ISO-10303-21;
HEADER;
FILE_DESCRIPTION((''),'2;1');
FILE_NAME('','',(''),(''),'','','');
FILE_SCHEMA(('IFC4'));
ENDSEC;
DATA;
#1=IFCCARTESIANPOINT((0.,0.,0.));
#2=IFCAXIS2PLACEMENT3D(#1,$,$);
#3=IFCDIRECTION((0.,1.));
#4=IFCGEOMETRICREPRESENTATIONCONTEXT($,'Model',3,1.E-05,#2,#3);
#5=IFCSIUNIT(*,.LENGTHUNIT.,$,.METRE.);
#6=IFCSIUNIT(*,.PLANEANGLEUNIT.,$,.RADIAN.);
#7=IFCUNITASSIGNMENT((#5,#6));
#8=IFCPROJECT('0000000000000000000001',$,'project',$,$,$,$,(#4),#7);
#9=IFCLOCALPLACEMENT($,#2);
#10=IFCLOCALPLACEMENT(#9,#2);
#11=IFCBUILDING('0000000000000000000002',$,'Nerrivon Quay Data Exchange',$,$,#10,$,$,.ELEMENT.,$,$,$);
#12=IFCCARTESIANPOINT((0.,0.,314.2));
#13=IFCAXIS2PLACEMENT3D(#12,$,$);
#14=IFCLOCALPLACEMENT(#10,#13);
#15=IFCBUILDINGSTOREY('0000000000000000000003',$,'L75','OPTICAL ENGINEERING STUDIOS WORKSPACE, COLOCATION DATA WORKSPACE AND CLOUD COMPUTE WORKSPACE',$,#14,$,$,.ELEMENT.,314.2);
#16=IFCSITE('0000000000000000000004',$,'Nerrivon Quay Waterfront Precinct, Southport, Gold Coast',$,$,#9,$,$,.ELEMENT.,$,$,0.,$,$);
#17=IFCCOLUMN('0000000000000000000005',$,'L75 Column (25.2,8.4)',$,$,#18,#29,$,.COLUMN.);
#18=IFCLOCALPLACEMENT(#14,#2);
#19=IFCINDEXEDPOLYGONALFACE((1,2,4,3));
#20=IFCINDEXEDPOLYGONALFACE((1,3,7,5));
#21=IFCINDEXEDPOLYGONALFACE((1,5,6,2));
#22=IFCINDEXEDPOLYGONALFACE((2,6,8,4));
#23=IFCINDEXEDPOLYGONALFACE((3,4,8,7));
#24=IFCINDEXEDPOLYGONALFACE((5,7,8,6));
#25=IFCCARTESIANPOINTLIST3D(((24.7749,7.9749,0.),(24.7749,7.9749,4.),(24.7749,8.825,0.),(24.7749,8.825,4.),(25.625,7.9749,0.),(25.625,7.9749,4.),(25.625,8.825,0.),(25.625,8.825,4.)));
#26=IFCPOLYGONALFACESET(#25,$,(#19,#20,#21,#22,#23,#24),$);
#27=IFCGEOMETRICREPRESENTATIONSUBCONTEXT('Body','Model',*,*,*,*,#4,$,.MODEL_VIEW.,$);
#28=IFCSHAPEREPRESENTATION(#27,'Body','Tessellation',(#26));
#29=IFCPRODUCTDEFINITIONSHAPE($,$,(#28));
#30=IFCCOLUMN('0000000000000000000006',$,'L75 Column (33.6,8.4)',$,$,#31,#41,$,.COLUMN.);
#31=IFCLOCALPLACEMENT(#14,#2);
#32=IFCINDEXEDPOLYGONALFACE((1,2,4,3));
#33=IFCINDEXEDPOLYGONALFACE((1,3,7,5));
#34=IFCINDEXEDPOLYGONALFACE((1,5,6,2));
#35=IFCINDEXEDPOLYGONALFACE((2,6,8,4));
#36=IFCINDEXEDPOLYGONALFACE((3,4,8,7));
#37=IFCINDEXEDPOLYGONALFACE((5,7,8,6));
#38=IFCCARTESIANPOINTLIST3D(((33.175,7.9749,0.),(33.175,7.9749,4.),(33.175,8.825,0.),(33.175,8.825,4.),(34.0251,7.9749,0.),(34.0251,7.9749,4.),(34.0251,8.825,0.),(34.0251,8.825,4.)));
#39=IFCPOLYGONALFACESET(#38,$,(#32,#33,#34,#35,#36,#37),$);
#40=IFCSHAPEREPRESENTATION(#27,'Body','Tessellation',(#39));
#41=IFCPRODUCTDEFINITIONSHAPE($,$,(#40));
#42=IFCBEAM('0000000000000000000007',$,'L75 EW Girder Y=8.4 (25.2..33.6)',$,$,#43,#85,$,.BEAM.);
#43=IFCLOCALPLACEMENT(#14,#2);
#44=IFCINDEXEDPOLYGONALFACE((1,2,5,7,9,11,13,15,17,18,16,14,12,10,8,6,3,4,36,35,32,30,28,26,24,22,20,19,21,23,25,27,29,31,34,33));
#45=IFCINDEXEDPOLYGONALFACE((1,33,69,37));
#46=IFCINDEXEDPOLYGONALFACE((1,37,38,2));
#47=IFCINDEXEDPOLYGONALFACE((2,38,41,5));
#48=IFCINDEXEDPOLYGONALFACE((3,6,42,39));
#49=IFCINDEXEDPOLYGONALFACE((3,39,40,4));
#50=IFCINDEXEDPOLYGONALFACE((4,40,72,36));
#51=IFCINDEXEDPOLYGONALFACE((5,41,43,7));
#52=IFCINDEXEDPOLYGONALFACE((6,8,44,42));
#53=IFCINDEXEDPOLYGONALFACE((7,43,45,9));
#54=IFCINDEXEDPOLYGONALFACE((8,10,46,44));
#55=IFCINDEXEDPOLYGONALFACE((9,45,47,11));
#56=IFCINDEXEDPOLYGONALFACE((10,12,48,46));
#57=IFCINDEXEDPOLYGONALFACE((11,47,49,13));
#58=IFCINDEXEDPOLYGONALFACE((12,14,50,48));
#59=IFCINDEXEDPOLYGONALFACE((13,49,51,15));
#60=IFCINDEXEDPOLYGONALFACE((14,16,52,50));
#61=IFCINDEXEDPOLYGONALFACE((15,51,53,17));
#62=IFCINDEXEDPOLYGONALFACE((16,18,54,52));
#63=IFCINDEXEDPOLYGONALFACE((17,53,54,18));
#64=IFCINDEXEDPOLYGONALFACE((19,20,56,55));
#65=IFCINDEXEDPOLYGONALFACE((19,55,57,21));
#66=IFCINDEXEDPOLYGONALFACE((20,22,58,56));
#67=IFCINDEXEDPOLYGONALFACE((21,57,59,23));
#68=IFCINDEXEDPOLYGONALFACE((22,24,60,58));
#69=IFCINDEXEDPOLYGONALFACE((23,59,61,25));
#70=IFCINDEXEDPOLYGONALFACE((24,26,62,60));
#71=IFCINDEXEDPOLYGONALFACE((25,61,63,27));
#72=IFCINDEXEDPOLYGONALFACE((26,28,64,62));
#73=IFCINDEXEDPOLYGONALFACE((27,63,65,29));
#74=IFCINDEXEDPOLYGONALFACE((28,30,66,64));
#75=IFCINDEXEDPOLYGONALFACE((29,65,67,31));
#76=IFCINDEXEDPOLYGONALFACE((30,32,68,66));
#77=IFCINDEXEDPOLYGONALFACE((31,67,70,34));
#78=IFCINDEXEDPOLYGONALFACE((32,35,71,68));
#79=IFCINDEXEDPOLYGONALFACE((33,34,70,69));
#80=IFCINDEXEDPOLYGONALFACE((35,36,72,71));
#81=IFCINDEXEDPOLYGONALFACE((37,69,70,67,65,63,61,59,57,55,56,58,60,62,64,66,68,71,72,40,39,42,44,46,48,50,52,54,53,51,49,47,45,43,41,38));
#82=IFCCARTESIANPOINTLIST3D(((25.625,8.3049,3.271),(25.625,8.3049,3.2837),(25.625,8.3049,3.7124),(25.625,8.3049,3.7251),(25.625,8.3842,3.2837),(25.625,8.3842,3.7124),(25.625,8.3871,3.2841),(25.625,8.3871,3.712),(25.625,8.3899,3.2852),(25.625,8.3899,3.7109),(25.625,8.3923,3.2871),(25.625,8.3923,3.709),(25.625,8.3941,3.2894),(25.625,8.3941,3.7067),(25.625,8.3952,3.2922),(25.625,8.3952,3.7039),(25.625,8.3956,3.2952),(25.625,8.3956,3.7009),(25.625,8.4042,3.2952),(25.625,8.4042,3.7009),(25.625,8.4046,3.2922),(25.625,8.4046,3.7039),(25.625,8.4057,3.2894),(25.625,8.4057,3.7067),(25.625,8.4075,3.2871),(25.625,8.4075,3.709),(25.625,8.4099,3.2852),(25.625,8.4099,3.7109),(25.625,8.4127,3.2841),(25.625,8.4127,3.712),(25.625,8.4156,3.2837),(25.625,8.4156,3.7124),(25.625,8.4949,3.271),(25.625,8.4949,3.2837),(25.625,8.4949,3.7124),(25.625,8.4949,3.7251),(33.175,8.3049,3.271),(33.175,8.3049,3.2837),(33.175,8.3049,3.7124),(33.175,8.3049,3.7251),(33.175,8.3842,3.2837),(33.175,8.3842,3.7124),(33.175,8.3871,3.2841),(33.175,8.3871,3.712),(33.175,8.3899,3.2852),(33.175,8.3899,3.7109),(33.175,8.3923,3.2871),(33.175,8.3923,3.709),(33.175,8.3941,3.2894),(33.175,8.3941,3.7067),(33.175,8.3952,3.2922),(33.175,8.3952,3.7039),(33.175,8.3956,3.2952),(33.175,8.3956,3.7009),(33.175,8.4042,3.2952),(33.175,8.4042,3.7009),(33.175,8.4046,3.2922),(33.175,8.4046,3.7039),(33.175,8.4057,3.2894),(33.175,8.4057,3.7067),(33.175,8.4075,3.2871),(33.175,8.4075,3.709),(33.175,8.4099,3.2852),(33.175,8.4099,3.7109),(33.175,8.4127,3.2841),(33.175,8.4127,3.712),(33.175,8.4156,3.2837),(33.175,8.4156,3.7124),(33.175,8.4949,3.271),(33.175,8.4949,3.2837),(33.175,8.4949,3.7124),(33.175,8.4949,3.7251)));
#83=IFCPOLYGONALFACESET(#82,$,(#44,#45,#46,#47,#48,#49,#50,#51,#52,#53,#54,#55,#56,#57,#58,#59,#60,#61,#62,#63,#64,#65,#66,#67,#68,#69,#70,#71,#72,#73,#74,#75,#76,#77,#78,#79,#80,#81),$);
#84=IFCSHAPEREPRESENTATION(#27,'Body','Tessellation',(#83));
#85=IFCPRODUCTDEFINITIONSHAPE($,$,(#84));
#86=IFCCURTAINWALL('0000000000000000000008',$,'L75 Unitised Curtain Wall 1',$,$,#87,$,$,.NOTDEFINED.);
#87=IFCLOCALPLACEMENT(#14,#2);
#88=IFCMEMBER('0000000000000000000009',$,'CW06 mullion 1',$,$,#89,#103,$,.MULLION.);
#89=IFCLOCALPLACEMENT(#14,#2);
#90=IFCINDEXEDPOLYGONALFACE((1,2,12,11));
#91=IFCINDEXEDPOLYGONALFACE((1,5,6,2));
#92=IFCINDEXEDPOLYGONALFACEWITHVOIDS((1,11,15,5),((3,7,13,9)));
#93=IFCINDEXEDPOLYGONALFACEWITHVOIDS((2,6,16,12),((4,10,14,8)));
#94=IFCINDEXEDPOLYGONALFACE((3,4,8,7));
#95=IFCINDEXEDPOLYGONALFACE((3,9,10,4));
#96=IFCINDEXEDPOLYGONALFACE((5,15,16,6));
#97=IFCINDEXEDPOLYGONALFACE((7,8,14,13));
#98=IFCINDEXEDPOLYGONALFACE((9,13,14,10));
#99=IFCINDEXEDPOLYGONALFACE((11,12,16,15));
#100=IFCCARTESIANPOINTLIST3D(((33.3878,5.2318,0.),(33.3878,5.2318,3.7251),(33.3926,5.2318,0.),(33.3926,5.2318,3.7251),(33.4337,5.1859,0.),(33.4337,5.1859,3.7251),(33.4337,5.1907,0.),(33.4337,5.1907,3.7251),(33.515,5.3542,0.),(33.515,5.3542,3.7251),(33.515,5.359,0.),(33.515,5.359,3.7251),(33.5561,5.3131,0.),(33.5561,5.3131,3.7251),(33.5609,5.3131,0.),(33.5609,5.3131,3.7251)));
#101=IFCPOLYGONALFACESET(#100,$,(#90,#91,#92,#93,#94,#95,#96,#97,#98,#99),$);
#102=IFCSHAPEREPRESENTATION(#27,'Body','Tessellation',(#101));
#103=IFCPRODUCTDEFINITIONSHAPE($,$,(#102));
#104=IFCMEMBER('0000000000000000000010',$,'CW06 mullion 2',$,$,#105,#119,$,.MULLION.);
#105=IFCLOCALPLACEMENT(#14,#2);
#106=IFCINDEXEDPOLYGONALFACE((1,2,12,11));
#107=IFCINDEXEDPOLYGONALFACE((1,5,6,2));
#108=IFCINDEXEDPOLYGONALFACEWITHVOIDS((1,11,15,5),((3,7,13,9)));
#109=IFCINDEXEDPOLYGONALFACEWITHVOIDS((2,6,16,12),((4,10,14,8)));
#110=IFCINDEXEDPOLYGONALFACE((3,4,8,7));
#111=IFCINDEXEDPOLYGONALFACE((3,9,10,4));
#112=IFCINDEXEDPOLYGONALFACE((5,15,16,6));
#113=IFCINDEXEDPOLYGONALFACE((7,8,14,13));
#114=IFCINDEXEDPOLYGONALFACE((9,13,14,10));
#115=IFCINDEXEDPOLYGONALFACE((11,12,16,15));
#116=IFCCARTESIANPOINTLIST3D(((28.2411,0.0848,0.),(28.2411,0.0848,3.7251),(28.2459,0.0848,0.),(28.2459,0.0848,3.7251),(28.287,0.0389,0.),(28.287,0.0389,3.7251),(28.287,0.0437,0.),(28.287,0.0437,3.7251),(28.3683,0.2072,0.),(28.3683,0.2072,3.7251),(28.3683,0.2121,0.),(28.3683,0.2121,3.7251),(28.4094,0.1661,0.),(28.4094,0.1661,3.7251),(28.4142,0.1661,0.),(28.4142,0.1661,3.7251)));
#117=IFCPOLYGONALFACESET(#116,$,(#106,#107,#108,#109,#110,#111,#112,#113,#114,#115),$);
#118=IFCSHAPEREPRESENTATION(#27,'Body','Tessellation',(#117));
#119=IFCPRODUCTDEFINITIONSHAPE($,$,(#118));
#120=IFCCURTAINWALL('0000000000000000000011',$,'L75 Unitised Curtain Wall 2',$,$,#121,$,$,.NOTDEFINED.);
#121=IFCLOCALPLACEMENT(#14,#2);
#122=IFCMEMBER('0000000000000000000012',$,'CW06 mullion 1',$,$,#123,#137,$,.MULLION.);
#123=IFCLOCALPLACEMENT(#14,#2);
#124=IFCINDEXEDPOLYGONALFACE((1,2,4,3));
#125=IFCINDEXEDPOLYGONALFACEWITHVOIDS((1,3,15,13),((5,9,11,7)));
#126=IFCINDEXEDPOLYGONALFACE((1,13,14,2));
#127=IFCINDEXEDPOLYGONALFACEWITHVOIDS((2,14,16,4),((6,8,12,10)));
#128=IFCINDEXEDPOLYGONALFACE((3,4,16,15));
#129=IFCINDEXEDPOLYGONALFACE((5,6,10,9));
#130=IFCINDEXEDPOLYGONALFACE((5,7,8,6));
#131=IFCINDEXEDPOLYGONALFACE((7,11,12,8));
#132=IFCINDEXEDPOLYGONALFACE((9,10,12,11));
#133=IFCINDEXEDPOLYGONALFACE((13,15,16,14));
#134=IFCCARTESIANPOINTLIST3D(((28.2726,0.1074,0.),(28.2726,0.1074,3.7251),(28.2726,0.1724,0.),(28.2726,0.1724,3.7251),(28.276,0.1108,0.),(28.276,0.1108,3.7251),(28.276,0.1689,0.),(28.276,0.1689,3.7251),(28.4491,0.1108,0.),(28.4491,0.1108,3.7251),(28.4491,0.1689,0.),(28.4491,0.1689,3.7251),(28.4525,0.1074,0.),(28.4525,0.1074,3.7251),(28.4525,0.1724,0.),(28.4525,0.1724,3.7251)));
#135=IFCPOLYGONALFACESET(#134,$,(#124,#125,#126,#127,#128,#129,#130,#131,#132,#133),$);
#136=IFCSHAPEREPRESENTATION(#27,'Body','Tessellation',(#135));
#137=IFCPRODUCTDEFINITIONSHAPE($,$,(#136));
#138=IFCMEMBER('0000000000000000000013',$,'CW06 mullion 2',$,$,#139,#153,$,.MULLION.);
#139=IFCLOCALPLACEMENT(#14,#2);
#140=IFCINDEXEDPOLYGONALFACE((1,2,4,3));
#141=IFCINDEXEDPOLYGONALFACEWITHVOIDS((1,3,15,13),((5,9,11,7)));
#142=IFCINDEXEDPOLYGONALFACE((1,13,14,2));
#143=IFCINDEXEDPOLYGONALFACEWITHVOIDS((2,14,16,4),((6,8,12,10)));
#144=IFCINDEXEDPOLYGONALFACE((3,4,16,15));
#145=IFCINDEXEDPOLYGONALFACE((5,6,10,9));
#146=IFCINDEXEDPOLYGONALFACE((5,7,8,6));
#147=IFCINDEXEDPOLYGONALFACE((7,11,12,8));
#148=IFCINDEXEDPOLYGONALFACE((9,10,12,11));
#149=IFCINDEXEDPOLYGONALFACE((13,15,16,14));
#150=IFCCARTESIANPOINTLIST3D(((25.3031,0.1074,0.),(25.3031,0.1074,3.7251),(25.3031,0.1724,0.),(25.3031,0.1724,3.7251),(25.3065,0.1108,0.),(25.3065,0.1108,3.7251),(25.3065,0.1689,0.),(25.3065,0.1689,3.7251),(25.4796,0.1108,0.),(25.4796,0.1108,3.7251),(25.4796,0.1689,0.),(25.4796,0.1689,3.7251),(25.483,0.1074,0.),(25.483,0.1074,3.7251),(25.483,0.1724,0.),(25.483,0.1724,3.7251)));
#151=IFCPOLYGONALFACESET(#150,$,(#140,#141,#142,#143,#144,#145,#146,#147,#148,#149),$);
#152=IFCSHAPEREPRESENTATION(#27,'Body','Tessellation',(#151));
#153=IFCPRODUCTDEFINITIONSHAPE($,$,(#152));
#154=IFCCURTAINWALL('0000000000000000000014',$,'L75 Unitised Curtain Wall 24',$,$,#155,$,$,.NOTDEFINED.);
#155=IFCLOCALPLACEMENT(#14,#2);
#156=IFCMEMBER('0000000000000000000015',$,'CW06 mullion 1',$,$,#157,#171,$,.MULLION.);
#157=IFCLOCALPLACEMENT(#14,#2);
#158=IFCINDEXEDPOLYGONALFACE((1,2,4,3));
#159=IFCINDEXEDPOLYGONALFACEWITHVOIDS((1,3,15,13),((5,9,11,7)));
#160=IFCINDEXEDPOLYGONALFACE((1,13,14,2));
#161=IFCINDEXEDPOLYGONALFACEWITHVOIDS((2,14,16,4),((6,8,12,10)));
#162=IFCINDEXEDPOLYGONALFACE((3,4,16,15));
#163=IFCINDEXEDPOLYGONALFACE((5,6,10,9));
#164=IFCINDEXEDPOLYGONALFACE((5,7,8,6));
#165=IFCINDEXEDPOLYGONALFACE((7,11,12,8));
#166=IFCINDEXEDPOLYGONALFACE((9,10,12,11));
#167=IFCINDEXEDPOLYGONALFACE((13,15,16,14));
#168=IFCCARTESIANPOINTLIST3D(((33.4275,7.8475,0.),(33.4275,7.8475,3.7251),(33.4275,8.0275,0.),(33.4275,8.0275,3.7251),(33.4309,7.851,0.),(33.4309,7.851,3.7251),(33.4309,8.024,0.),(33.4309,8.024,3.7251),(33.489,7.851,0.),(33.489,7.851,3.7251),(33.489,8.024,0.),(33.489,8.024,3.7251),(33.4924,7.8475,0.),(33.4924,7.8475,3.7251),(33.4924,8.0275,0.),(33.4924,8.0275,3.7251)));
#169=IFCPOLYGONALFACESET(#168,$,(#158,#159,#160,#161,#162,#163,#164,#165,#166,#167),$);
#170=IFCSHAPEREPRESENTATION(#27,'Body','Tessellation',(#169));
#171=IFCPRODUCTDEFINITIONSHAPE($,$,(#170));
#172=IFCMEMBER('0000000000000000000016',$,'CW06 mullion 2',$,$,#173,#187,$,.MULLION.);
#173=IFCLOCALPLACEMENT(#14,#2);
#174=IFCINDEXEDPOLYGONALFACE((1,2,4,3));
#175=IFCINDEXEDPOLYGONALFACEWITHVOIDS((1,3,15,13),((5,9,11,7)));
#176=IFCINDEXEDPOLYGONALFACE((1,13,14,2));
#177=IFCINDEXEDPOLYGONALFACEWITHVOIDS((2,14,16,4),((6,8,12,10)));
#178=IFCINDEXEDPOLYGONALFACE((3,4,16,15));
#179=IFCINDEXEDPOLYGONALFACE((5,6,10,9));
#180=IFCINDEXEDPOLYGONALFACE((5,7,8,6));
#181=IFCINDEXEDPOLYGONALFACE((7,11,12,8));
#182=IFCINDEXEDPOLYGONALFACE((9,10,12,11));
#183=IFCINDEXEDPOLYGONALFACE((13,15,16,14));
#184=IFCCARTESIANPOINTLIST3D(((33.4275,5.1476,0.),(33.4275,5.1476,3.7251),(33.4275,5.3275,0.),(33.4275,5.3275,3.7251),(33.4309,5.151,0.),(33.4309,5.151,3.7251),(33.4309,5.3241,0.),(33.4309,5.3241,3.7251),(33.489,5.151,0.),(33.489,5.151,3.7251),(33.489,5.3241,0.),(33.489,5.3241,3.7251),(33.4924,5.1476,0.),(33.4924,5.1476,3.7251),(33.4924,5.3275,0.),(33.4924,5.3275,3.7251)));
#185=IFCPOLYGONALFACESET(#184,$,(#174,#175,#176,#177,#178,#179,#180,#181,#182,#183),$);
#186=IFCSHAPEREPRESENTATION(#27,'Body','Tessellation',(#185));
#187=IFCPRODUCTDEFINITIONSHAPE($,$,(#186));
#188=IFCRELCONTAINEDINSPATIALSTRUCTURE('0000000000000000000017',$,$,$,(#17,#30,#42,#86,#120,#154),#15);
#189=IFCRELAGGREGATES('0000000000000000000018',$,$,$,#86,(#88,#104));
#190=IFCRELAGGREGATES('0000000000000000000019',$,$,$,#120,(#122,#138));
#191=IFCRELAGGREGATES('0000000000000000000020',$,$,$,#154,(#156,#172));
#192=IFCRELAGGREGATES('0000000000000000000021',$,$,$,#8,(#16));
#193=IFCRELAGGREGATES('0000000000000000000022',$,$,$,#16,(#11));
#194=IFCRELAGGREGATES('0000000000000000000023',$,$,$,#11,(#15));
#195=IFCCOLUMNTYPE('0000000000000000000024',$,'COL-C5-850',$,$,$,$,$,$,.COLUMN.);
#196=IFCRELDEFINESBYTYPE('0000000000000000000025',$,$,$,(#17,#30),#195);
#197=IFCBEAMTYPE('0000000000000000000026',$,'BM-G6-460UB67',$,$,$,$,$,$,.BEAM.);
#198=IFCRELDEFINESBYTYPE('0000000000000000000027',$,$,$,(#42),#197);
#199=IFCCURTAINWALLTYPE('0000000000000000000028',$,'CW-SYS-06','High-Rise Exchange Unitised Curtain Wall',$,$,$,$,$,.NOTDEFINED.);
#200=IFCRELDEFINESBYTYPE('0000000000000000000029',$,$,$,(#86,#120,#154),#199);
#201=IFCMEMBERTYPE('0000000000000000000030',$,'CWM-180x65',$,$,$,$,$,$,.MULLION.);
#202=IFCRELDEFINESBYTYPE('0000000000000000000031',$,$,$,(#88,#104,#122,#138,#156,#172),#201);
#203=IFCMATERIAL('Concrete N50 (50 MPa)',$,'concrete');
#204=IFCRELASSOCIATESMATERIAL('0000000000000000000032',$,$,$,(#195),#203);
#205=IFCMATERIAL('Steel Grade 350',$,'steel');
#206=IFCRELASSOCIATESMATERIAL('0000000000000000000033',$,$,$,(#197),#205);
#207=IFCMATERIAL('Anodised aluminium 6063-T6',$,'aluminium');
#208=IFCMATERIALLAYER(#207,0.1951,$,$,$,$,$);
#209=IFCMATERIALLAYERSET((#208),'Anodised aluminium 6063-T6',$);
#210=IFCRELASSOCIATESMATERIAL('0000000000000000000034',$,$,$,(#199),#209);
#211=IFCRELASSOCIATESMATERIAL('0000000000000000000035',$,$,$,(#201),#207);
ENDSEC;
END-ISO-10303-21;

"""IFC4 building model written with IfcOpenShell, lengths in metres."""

from ifc_helpers import new_model, si_unit, direction, frame, origin, origin_2d, place, context, subcontext, project, spatial, rectangle, hollow_rectangle, i_section, extrude, material, layer, layer_set, material_profile, profile_set, type_object, element, aggregate, save


model = new_model("IFC4")

# Units and contexts
model_context = context("Model", 3, precision=1e-05, world=origin(), true_north=direction((0.0, 1.0)))
body_context = subcontext(model_context, "Body", "Model", "MODEL_VIEW")
ifc_project = project(units=[si_unit("LENGTHUNIT", "METRE"), si_unit("PLANEANGLEUNIT", "RADIAN")], contexts=[model_context])

# Site, building, storey
site_placement = place(None, origin())
site = spatial("IfcSite", under=ifc_project, at=site_placement, Name="Nerrivon Quay Waterfront Precinct, Southport, Gold Coast", CompositionType="ELEMENT", RefElevation=0.0)
building_placement = place(site_placement, origin())
building = spatial("IfcBuilding", under=site, at=building_placement, Name="Nerrivon Quay Data Exchange", CompositionType="ELEMENT")
storey_placement = place(building_placement, frame((0.0, 0.0, 314.2)))
storey = spatial("IfcBuildingStorey", under=building, at=storey_placement, Name="L75", Description="OPTICAL ENGINEERING STUDIOS WORKSPACE, COLOCATION DATA WORKSPACE AND CLOUD COMPUTE WORKSPACE", CompositionType="ELEMENT", Elevation=314.2)

# Columns
ifc_material_1 = material(Name="Concrete N50 (50 MPa)", Category="concrete")
ifc_material_profile_1 = material_profile(ifc_material_1, rectangle(XDim=0.8501, YDim=0.8501, at=origin_2d()), Name="RC-COL-850x850")
ifc_profile_set_1 = profile_set([ifc_material_profile_1], Name="Concrete N50 (50 MPa)")
column_type = type_object("IfcColumnType", Name="COL-C5-850", PredefinedType="COLUMN", material=ifc_profile_set_1)
for number, where, z_axis, x_axis, name in (
    (1, (25.2, 8.3999, 0.0), (0.0, 0.0, 1.0), (1.0, 0.0, 0.0), "L75 Column (25.2,8.4)"),
    (2, (33.6001, 8.3999, 0.0), (0.0, 0.0, 1.0), (1.0, 0.0, 0.0), "L75 Column (33.6,8.4)"),
):
    element("IfcColumn", number, at=place(storey_placement, frame(where, z_axis=z_axis, x_axis=x_axis)), inside=storey, type_object=column_type, Name=name, PredefinedType="COLUMN", context=body_context, shape_type="SweptSolid", body=[
        extrude(rectangle(XDim=0.8501, YDim=0.8501, at=origin_2d()), origin(), (0.0, 0.0, 1.0), 4.0),
    ])

# Beam
ifc_material_2 = material(Name="Steel Grade 350", Category="steel")
ifc_material_profile_2 = material_profile(ifc_material_2, i_section(OverallWidth=0.1899, OverallDepth=0.4541, WebThickness=0.0085, FlangeThickness=0.0127, FilletRadius=0.0115, at=origin_2d()), Name="460UB67.1")
ifc_profile_set_2 = profile_set([ifc_material_profile_2], Name="Steel Grade 350")
beam_type = type_object("IfcBeamType", Name="BM-G6-460UB67", PredefinedType="BEAM", material=ifc_profile_set_2)
beam_placement = place(storey_placement, frame((25.625, 8.3999, 3.498), z_axis=(1.0, 0.0, 0.0), x_axis=(0.0, 1.0, 0.0)))
element("IfcBeam", 3, at=beam_placement, inside=storey, type_object=beam_type, Name="L75 EW Girder Y=8.4 (25.2..33.6)", PredefinedType="BEAM", context=body_context, shape_type="SweptSolid", body=[
    extrude(i_section(OverallWidth=0.1899, OverallDepth=0.4541, WebThickness=0.0085, FlangeThickness=0.0127, FilletRadius=0.0115, at=origin_2d()), origin(), (0.0, 0.0, 1.0), 7.55),
])

# Curtain walls, members
ifc_material_3 = material(Name="Anodised aluminium 6063-T6", Category="aluminium")
ifc_layer_1 = layer(ifc_material_3, 0.1951)
ifc_layer_set_1 = layer_set([ifc_layer_1], Name="Anodised aluminium 6063-T6")
curtain_wall_type = type_object("IfcCurtainWallType", Name="CW-SYS-06", Description="High-Rise Exchange Unitised Curtain Wall", PredefinedType="NOTDEFINED", material=ifc_layer_set_1)
curtain_wall_1_placement = place(storey_placement, origin())
curtain_wall_1 = element("IfcCurtainWall", 4, at=curtain_wall_1_placement, inside=storey, type_object=curtain_wall_type, Name="L75 Unitised Curtain Wall 1", PredefinedType="NOTDEFINED")
ifc_material_profile_3 = material_profile(ifc_material_3, hollow_rectangle(XDim=0.0649, YDim=0.1799, WallThickness=0.0034, at=origin_2d()), Name="ALU-MULL-180x65")
ifc_profile_set_3 = profile_set([ifc_material_profile_3], Name="Anodised aluminium 6063-T6")
member_type_1 = type_object("IfcMemberType", Name="CWM-180x65", PredefinedType="MULLION", material=ifc_profile_set_3)
member_1_placement = place(storey_placement, frame((33.4744, 5.2725, 0.0), z_axis=(0.0, 0.0, 1.0), x_axis=(0.707107, -0.707107, 0.0)))
member_1 = element("IfcMember", 5, at=member_1_placement, type_object=member_type_1, Name="CW06 mullion 1", PredefinedType="MULLION", context=body_context, shape_type="SweptSolid", body=[
    extrude(hollow_rectangle(XDim=0.0649, YDim=0.1799, WallThickness=0.0034, at=origin_2d()), origin(), (0.0, 0.0, 1.0), 3.7251),
])
member_2_placement = place(storey_placement, frame((28.3276, 0.1255, 0.0), z_axis=(0.0, 0.0, 1.0), x_axis=(0.707107, -0.707107, 0.0)))
member_2 = element("IfcMember", 6, at=member_2_placement, type_object=member_type_1, Name="CW06 mullion 2", PredefinedType="MULLION", context=body_context, shape_type="SweptSolid", body=[
    extrude(hollow_rectangle(XDim=0.0649, YDim=0.1799, WallThickness=0.0034, at=origin_2d()), origin(), (0.0, 0.0, 1.0), 3.7251),
])
curtain_wall_2_placement = place(storey_placement, origin())
curtain_wall_2 = element("IfcCurtainWall", 7, at=curtain_wall_2_placement, inside=storey, type_object=curtain_wall_type, Name="L75 Unitised Curtain Wall 2", PredefinedType="NOTDEFINED")
member_3_placement = place(storey_placement, frame((28.3625, 0.1399, 0.0), z_axis=(0.0, 0.0, 1.0), x_axis=(0.0, -1.0, 0.0)))
member_3 = element("IfcMember", 8, at=member_3_placement, type_object=member_type_1, Name="CW06 mullion 1", PredefinedType="MULLION", context=body_context, shape_type="SweptSolid", body=[
    extrude(hollow_rectangle(XDim=0.0649, YDim=0.1799, WallThickness=0.0034, at=origin_2d()), origin(), (0.0, 0.0, 1.0), 3.7251),
])
member_4_placement = place(storey_placement, frame((25.3931, 0.1399, 0.0), z_axis=(0.0, 0.0, 1.0), x_axis=(0.0, -1.0, 0.0)))
member_4 = element("IfcMember", 9, at=member_4_placement, type_object=member_type_1, Name="CW06 mullion 2", PredefinedType="MULLION", context=body_context, shape_type="SweptSolid", body=[
    extrude(hollow_rectangle(XDim=0.0649, YDim=0.1799, WallThickness=0.0034, at=origin_2d()), origin(), (0.0, 0.0, 1.0), 3.7251),
])
curtain_wall_3_placement = place(storey_placement, origin())
curtain_wall_3 = element("IfcCurtainWall", 10, at=curtain_wall_3_placement, inside=storey, type_object=curtain_wall_type, Name="L75 Unitised Curtain Wall 24", PredefinedType="NOTDEFINED")
member_5_placement = place(storey_placement, frame((33.46, 7.9375, 0.0), z_axis=(0.0, 0.0, 1.0), x_axis=(1.0, 0.0, 0.0)))
member_5 = element("IfcMember", 11, at=member_5_placement, type_object=member_type_1, Name="CW06 mullion 1", PredefinedType="MULLION", context=body_context, shape_type="SweptSolid", body=[
    extrude(hollow_rectangle(XDim=0.0649, YDim=0.1799, WallThickness=0.0034, at=origin_2d()), origin(), (0.0, 0.0, 1.0), 3.7251),
])
member_6_placement = place(storey_placement, frame((33.46, 5.2375, 0.0), z_axis=(0.0, 0.0, 1.0), x_axis=(1.0, 0.0, 0.0)))
member_6 = element("IfcMember", 12, at=member_6_placement, type_object=member_type_1, Name="CW06 mullion 2", PredefinedType="MULLION", context=body_context, shape_type="SweptSolid", body=[
    extrude(hollow_rectangle(XDim=0.0649, YDim=0.1799, WallThickness=0.0034, at=origin_2d()), origin(), (0.0, 0.0, 1.0), 3.7251),
])

aggregate(curtain_wall_1, [member_1, member_2])
aggregate(curtain_wall_2, [member_3, member_4])
aggregate(curtain_wall_3, [member_5, member_6])

save(model, "model.ifc")
